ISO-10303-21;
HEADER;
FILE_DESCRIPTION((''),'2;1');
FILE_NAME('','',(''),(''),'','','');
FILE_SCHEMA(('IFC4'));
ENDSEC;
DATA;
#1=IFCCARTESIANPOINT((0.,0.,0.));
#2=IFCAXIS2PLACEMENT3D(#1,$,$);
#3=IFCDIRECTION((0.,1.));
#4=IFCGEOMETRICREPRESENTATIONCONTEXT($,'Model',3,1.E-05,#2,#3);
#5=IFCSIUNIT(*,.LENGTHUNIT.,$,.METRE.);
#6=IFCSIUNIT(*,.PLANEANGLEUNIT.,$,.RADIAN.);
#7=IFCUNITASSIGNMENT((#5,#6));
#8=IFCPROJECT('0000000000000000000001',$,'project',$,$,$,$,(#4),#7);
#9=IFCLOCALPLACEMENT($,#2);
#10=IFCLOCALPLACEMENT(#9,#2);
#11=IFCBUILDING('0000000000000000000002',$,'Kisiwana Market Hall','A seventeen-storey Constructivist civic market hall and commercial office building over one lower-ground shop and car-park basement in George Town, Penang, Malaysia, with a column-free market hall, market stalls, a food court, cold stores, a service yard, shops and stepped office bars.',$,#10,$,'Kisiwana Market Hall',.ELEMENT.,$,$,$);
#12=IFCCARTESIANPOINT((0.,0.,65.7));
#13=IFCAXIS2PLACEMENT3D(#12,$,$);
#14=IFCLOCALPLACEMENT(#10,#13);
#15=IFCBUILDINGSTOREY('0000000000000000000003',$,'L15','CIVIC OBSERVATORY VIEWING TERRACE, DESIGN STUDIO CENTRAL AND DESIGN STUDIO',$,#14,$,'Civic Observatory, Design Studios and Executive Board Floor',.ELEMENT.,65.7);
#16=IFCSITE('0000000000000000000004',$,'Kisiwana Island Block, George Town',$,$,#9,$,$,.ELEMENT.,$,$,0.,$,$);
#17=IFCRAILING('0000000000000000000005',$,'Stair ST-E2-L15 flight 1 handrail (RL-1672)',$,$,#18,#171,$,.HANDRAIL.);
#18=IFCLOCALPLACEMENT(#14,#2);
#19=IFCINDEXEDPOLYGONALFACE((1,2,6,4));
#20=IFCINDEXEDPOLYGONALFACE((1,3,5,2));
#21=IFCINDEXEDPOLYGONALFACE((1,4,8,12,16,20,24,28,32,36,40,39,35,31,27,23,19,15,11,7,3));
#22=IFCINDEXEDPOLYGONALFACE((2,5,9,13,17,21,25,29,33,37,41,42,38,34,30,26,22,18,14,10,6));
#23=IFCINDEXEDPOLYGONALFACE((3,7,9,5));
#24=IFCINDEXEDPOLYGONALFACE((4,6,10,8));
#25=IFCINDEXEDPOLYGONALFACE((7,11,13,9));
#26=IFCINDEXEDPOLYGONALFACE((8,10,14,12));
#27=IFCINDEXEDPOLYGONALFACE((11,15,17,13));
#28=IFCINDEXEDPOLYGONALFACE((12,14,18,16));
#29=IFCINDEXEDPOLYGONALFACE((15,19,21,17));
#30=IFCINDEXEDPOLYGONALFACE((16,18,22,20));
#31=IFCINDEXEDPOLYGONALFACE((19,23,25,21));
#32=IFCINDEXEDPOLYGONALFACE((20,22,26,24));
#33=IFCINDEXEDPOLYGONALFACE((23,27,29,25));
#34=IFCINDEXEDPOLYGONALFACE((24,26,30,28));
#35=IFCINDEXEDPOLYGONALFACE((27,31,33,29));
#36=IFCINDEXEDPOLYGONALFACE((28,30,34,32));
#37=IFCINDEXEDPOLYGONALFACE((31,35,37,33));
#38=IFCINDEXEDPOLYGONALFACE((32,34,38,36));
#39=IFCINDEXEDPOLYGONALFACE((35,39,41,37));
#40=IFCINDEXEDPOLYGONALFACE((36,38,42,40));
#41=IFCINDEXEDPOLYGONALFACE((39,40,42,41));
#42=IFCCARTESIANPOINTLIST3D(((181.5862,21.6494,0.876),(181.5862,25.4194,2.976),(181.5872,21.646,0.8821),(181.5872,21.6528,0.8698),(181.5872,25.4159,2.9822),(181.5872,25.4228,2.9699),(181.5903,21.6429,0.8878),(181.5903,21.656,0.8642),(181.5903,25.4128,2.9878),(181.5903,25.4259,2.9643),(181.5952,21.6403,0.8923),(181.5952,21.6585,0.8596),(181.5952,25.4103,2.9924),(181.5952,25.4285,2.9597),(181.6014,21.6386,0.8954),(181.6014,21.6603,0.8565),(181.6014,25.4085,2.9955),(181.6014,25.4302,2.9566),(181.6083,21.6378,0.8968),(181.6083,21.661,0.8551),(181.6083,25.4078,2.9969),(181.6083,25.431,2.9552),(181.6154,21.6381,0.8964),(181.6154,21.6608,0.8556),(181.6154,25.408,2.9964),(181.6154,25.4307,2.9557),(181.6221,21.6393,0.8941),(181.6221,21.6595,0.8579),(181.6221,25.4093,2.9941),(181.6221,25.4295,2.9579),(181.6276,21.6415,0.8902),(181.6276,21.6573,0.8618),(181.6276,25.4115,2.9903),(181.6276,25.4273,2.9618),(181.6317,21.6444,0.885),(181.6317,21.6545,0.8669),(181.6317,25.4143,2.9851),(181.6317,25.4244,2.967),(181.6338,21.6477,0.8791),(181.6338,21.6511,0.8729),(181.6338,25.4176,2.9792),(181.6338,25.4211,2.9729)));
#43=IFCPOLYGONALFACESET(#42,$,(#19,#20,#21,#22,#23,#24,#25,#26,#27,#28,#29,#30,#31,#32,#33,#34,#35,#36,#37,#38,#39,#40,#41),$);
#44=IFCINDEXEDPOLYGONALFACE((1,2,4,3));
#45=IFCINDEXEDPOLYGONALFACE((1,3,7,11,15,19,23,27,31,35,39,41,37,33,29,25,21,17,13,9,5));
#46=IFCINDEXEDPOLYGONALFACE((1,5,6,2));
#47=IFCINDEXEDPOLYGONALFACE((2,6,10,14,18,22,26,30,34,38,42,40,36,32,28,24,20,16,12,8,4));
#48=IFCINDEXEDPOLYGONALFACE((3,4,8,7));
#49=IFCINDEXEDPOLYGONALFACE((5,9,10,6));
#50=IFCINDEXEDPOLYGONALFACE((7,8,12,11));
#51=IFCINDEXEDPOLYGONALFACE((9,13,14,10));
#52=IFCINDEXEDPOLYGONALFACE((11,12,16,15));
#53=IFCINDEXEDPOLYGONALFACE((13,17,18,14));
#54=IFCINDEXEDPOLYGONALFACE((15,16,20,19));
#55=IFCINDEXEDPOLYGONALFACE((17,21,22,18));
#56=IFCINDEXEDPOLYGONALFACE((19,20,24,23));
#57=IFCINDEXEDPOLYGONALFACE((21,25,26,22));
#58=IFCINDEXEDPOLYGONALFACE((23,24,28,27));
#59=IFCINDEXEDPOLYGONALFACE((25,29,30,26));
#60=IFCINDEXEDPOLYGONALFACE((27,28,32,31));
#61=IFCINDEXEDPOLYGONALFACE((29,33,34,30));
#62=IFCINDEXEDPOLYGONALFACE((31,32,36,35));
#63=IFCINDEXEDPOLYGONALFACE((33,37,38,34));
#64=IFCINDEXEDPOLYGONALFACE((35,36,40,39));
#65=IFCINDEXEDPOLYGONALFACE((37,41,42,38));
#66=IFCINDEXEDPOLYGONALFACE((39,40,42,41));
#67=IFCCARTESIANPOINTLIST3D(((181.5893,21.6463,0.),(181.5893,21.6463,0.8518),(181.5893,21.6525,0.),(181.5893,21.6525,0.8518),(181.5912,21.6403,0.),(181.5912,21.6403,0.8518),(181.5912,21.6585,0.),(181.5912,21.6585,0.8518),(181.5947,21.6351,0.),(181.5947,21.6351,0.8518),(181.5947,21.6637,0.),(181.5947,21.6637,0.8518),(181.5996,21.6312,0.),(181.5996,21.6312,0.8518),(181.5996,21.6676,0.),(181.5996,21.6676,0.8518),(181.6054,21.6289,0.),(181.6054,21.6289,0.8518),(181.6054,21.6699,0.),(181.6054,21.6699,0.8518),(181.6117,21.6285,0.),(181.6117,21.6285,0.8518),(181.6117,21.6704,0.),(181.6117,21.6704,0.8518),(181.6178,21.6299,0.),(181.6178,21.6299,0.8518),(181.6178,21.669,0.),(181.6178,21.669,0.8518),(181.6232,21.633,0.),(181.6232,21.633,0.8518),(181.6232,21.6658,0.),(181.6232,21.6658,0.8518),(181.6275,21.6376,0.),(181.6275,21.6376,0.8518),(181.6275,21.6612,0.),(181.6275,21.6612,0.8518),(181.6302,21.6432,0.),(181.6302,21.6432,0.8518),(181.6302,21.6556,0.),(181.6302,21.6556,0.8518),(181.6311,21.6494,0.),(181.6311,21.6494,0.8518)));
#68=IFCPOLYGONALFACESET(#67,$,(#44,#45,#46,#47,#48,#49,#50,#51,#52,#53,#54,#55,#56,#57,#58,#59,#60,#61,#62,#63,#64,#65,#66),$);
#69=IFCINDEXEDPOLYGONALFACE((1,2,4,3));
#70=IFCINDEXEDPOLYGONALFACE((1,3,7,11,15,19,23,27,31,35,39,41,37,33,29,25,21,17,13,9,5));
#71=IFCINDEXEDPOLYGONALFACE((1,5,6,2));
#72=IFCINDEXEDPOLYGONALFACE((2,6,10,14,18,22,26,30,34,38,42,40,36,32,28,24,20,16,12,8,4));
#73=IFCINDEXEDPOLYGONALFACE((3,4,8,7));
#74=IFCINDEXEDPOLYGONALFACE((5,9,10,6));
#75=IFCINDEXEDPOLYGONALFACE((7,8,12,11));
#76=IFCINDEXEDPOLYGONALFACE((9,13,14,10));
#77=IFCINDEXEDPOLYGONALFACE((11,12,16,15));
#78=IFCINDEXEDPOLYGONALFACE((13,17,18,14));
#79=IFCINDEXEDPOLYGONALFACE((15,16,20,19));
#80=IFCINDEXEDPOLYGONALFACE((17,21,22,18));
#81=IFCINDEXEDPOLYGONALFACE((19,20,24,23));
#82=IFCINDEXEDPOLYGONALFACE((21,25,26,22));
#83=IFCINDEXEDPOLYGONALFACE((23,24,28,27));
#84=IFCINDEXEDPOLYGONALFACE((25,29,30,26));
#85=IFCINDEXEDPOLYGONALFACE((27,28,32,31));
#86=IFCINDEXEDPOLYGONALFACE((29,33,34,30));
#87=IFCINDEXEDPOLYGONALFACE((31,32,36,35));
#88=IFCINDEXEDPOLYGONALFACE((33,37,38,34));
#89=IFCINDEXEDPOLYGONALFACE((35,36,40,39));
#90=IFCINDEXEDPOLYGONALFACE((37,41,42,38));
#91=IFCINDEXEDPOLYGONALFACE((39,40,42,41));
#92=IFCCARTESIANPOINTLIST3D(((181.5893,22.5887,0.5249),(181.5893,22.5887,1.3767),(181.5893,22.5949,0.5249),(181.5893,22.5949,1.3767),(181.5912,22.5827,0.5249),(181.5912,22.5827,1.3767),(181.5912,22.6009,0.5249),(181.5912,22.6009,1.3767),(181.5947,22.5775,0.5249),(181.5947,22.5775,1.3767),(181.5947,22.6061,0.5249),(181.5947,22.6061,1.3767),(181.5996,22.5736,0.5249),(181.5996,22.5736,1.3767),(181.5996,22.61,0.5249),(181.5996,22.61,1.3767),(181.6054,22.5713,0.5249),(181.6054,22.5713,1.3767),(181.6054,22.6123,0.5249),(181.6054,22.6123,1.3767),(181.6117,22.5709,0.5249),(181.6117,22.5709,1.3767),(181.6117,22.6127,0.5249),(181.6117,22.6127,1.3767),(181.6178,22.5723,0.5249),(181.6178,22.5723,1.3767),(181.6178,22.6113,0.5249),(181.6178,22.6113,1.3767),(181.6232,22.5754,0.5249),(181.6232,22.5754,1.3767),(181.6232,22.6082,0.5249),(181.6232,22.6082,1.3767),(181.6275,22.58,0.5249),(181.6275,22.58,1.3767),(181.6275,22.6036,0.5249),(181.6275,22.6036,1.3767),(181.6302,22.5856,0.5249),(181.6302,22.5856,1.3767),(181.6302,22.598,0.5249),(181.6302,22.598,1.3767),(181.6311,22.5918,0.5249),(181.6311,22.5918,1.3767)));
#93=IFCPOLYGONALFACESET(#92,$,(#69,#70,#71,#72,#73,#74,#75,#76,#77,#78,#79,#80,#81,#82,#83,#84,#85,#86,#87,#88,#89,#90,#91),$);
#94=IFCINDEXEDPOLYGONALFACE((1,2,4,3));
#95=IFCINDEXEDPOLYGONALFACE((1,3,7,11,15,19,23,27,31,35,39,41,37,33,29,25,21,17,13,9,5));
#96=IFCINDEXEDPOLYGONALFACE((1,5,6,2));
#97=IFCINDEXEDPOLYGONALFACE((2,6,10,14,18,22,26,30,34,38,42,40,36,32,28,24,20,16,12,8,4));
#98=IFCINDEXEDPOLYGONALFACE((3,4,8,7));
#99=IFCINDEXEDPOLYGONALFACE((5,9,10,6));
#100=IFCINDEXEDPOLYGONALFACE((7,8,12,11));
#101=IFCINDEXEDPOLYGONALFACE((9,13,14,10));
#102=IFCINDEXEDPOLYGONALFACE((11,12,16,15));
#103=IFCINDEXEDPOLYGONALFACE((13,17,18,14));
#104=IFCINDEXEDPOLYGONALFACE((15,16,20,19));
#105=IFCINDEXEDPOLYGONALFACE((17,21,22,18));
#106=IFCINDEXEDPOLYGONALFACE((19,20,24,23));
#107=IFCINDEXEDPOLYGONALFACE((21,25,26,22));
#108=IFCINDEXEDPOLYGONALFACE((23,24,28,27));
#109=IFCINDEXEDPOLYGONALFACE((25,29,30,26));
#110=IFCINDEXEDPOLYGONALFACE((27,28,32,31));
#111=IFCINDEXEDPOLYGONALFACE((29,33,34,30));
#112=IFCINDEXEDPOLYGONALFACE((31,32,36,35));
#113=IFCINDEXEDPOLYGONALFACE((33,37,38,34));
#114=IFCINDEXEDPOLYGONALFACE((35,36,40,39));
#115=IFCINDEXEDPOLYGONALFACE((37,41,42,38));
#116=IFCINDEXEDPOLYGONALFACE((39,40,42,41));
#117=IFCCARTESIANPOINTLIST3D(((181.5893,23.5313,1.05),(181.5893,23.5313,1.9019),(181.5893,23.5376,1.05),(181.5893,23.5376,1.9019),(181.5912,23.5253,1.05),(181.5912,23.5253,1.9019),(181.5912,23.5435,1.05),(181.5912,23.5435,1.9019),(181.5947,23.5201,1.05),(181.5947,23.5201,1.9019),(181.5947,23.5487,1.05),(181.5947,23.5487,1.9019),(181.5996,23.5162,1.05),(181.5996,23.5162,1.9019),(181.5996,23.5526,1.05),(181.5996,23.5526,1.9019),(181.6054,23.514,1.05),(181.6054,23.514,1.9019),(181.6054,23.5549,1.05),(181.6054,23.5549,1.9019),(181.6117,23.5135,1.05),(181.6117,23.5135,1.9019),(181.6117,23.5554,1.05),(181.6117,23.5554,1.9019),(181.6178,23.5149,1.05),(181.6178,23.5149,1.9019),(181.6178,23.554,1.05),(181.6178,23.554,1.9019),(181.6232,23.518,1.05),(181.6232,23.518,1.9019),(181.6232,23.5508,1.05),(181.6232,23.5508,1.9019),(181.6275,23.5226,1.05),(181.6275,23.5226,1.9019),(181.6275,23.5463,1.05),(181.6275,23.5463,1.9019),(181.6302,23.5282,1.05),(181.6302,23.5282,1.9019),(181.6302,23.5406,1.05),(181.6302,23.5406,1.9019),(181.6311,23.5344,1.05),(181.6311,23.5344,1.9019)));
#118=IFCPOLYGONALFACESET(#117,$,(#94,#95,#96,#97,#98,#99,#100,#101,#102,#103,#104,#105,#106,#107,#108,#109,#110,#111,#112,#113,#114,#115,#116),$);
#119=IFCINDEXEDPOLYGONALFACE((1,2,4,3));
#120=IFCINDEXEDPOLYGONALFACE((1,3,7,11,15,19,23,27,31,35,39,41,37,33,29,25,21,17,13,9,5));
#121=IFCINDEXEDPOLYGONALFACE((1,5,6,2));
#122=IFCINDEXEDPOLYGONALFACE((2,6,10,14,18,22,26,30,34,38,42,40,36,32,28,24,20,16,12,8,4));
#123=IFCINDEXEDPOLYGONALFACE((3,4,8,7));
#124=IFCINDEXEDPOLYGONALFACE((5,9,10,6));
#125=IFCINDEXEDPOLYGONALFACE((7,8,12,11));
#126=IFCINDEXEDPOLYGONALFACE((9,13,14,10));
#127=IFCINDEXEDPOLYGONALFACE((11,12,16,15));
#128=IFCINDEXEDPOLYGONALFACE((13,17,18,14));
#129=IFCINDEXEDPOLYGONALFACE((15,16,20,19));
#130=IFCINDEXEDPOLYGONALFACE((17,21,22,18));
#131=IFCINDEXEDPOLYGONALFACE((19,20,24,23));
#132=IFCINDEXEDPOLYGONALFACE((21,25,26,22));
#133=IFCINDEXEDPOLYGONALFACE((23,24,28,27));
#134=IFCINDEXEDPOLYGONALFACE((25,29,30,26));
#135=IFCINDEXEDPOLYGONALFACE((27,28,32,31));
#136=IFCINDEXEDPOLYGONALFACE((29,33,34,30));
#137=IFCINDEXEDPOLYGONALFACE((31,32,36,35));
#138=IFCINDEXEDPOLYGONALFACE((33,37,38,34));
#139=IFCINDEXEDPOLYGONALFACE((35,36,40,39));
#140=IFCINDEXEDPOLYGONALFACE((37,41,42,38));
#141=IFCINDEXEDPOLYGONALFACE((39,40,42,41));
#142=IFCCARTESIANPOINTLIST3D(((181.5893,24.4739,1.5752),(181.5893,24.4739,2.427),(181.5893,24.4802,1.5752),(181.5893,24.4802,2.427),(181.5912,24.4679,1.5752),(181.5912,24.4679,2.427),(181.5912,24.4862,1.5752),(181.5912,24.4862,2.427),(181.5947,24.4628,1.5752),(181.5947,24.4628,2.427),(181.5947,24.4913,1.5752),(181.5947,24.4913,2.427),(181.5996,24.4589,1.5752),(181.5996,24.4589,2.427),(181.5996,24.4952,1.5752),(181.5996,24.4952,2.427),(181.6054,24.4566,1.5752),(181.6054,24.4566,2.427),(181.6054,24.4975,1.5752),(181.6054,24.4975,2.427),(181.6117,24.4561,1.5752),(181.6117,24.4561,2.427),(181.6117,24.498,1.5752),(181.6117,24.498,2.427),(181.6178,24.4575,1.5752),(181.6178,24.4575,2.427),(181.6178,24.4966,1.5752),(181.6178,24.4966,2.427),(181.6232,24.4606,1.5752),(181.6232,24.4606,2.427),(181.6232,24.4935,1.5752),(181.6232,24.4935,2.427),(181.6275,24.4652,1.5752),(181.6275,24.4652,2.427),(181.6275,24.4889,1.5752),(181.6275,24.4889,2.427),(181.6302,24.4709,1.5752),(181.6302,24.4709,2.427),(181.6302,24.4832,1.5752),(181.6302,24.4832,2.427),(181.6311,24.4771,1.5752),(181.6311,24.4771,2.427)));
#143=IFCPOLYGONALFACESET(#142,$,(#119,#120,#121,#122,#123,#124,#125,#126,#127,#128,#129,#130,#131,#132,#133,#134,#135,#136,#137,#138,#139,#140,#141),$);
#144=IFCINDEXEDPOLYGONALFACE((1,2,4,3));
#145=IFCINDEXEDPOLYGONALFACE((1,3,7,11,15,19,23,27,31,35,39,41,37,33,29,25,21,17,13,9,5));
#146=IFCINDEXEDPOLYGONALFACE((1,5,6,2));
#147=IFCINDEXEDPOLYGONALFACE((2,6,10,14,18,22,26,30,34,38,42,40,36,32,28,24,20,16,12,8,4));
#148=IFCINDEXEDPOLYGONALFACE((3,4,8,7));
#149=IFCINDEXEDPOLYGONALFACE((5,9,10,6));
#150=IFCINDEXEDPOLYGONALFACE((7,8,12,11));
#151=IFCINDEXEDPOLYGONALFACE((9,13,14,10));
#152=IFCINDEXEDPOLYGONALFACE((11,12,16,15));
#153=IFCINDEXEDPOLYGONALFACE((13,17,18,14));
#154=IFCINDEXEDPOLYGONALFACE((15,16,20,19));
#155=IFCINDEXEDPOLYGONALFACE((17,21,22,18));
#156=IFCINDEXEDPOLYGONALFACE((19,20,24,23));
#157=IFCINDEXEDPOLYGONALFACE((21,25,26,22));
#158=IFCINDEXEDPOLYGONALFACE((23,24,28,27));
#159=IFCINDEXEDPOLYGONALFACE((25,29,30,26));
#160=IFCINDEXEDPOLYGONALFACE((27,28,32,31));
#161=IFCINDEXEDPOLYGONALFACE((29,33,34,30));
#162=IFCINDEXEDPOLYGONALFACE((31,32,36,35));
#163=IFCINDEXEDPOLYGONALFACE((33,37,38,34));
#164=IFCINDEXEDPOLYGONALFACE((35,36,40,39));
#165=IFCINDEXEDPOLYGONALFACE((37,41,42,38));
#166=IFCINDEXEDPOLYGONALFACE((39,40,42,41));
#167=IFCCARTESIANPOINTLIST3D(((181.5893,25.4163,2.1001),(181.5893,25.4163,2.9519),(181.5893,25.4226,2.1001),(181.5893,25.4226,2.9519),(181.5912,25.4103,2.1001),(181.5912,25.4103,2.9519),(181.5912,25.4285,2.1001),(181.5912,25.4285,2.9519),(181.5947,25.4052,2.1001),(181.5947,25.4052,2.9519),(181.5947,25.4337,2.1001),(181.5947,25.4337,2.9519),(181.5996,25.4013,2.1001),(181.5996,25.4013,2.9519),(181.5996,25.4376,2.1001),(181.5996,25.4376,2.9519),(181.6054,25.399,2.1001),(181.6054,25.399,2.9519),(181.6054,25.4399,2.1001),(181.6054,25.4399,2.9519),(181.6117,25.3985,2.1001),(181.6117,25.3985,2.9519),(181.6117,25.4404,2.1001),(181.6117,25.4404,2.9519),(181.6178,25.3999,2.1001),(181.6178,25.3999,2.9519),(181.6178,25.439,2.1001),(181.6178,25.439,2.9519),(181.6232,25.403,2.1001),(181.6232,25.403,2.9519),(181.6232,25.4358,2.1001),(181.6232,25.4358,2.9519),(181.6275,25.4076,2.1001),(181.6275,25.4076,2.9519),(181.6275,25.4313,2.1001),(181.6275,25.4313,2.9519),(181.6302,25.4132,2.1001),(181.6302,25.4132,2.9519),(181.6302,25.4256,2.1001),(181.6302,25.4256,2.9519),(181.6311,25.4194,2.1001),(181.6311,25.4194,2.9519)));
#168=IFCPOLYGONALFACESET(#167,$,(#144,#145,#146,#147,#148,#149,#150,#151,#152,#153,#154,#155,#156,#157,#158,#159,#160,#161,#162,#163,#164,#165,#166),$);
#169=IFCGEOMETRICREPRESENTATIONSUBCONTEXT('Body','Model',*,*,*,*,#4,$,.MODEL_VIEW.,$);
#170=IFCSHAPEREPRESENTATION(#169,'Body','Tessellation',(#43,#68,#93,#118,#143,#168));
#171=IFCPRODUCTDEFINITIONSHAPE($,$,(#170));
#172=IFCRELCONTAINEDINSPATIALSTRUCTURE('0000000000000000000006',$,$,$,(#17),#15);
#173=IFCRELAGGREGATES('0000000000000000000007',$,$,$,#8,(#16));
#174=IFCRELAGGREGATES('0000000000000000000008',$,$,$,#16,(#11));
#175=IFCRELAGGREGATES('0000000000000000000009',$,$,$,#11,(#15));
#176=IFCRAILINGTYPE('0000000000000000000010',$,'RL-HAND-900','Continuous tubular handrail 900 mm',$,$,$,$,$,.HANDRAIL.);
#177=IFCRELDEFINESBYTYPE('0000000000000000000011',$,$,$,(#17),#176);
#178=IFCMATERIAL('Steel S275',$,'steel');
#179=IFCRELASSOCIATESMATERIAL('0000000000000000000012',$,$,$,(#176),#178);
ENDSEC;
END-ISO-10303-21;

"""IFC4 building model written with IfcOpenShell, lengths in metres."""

from ifc_helpers import new_model, si_unit, direction, frame, origin, origin_2d, place, context, subcontext, project, spatial, circle, extrude, material, type_object, element, save


model = new_model("IFC4")

# Units and contexts
model_context = context("Model", 3, precision=1e-05, world=origin(), true_north=direction((0.0, 1.0)))
body_context = subcontext(model_context, "Body", "Model", "MODEL_VIEW")
ifc_project = project(units=[si_unit("LENGTHUNIT", "METRE"), si_unit("PLANEANGLEUNIT", "RADIAN")], contexts=[model_context])

# Site, building, storey
site_placement = place(None, origin())
site = spatial("IfcSite", under=ifc_project, at=site_placement, Name="Kisiwana Island Block, George Town", CompositionType="ELEMENT", RefElevation=0.0)
building_placement = place(site_placement, origin())
building = spatial("IfcBuilding", under=site, at=building_placement, Name="Kisiwana Market Hall", Description="A seventeen-storey Constructivist civic market hall and commercial office building over one lower-ground shop and car-park basement in George Town, Penang, Malaysia, with a column-free market hall, market stalls, a food court, cold stores, a service yard, shops and stepped office bars.", LongName="Kisiwana Market Hall", CompositionType="ELEMENT")
storey_placement = place(building_placement, frame((0.0, 0.0, 65.7)))
storey = spatial("IfcBuildingStorey", under=building, at=storey_placement, Name="L15", Description="CIVIC OBSERVATORY VIEWING TERRACE, DESIGN STUDIO CENTRAL AND DESIGN STUDIO", LongName="Civic Observatory, Design Studios and Executive Board Floor", CompositionType="ELEMENT", Elevation=65.7)

# Railing
ifc_material_1 = material(Name="Steel S275", Category="steel")
railing_type_1 = type_object("IfcRailingType", Name="RL-HAND-900", Description="Continuous tubular handrail 900 mm", PredefinedType="HANDRAIL", material=ifc_material_1)
railing_1_placement = place(storey_placement, frame((181.6101, 21.6494, 0.0)))
element("IfcRailing", 1, at=railing_1_placement, inside=storey, type_object=railing_type_1, Name="Stair ST-E2-L15 flight 1 handrail (RL-1672)", PredefinedType="HANDRAIL", context=body_context, shape_type="SweptSolid", body=[
    extrude(circle(Radius=0.0239, at=origin_2d()), frame((0.0, 0.0, 0.876), z_axis=(0.0, 0.873602, 0.486642), x_axis=(-1.0, 0.0, 0.0)), (0.0, 0.0, 1.0), 4.3154),
    extrude(circle(Radius=0.021, at=origin_2d()), origin(), (0.0, 0.0, 1.0), 0.8518),
    extrude(circle(Radius=0.021, at=origin_2d()), frame((0.0, 0.9424, 0.5249)), (0.0, 0.0, 1.0), 0.8518),
    extrude(circle(Radius=0.021, at=origin_2d()), frame((0.0, 1.885, 1.05)), (0.0, 0.0, 1.0), 0.8518),
    extrude(circle(Radius=0.021, at=origin_2d()), frame((0.0, 2.8276, 1.5752)), (0.0, 0.0, 1.0), 0.8518),
    extrude(circle(Radius=0.021, at=origin_2d()), frame((0.0, 3.77, 2.1001)), (0.0, 0.0, 1.0), 0.8518),
])

save(model, "model.ifc")
